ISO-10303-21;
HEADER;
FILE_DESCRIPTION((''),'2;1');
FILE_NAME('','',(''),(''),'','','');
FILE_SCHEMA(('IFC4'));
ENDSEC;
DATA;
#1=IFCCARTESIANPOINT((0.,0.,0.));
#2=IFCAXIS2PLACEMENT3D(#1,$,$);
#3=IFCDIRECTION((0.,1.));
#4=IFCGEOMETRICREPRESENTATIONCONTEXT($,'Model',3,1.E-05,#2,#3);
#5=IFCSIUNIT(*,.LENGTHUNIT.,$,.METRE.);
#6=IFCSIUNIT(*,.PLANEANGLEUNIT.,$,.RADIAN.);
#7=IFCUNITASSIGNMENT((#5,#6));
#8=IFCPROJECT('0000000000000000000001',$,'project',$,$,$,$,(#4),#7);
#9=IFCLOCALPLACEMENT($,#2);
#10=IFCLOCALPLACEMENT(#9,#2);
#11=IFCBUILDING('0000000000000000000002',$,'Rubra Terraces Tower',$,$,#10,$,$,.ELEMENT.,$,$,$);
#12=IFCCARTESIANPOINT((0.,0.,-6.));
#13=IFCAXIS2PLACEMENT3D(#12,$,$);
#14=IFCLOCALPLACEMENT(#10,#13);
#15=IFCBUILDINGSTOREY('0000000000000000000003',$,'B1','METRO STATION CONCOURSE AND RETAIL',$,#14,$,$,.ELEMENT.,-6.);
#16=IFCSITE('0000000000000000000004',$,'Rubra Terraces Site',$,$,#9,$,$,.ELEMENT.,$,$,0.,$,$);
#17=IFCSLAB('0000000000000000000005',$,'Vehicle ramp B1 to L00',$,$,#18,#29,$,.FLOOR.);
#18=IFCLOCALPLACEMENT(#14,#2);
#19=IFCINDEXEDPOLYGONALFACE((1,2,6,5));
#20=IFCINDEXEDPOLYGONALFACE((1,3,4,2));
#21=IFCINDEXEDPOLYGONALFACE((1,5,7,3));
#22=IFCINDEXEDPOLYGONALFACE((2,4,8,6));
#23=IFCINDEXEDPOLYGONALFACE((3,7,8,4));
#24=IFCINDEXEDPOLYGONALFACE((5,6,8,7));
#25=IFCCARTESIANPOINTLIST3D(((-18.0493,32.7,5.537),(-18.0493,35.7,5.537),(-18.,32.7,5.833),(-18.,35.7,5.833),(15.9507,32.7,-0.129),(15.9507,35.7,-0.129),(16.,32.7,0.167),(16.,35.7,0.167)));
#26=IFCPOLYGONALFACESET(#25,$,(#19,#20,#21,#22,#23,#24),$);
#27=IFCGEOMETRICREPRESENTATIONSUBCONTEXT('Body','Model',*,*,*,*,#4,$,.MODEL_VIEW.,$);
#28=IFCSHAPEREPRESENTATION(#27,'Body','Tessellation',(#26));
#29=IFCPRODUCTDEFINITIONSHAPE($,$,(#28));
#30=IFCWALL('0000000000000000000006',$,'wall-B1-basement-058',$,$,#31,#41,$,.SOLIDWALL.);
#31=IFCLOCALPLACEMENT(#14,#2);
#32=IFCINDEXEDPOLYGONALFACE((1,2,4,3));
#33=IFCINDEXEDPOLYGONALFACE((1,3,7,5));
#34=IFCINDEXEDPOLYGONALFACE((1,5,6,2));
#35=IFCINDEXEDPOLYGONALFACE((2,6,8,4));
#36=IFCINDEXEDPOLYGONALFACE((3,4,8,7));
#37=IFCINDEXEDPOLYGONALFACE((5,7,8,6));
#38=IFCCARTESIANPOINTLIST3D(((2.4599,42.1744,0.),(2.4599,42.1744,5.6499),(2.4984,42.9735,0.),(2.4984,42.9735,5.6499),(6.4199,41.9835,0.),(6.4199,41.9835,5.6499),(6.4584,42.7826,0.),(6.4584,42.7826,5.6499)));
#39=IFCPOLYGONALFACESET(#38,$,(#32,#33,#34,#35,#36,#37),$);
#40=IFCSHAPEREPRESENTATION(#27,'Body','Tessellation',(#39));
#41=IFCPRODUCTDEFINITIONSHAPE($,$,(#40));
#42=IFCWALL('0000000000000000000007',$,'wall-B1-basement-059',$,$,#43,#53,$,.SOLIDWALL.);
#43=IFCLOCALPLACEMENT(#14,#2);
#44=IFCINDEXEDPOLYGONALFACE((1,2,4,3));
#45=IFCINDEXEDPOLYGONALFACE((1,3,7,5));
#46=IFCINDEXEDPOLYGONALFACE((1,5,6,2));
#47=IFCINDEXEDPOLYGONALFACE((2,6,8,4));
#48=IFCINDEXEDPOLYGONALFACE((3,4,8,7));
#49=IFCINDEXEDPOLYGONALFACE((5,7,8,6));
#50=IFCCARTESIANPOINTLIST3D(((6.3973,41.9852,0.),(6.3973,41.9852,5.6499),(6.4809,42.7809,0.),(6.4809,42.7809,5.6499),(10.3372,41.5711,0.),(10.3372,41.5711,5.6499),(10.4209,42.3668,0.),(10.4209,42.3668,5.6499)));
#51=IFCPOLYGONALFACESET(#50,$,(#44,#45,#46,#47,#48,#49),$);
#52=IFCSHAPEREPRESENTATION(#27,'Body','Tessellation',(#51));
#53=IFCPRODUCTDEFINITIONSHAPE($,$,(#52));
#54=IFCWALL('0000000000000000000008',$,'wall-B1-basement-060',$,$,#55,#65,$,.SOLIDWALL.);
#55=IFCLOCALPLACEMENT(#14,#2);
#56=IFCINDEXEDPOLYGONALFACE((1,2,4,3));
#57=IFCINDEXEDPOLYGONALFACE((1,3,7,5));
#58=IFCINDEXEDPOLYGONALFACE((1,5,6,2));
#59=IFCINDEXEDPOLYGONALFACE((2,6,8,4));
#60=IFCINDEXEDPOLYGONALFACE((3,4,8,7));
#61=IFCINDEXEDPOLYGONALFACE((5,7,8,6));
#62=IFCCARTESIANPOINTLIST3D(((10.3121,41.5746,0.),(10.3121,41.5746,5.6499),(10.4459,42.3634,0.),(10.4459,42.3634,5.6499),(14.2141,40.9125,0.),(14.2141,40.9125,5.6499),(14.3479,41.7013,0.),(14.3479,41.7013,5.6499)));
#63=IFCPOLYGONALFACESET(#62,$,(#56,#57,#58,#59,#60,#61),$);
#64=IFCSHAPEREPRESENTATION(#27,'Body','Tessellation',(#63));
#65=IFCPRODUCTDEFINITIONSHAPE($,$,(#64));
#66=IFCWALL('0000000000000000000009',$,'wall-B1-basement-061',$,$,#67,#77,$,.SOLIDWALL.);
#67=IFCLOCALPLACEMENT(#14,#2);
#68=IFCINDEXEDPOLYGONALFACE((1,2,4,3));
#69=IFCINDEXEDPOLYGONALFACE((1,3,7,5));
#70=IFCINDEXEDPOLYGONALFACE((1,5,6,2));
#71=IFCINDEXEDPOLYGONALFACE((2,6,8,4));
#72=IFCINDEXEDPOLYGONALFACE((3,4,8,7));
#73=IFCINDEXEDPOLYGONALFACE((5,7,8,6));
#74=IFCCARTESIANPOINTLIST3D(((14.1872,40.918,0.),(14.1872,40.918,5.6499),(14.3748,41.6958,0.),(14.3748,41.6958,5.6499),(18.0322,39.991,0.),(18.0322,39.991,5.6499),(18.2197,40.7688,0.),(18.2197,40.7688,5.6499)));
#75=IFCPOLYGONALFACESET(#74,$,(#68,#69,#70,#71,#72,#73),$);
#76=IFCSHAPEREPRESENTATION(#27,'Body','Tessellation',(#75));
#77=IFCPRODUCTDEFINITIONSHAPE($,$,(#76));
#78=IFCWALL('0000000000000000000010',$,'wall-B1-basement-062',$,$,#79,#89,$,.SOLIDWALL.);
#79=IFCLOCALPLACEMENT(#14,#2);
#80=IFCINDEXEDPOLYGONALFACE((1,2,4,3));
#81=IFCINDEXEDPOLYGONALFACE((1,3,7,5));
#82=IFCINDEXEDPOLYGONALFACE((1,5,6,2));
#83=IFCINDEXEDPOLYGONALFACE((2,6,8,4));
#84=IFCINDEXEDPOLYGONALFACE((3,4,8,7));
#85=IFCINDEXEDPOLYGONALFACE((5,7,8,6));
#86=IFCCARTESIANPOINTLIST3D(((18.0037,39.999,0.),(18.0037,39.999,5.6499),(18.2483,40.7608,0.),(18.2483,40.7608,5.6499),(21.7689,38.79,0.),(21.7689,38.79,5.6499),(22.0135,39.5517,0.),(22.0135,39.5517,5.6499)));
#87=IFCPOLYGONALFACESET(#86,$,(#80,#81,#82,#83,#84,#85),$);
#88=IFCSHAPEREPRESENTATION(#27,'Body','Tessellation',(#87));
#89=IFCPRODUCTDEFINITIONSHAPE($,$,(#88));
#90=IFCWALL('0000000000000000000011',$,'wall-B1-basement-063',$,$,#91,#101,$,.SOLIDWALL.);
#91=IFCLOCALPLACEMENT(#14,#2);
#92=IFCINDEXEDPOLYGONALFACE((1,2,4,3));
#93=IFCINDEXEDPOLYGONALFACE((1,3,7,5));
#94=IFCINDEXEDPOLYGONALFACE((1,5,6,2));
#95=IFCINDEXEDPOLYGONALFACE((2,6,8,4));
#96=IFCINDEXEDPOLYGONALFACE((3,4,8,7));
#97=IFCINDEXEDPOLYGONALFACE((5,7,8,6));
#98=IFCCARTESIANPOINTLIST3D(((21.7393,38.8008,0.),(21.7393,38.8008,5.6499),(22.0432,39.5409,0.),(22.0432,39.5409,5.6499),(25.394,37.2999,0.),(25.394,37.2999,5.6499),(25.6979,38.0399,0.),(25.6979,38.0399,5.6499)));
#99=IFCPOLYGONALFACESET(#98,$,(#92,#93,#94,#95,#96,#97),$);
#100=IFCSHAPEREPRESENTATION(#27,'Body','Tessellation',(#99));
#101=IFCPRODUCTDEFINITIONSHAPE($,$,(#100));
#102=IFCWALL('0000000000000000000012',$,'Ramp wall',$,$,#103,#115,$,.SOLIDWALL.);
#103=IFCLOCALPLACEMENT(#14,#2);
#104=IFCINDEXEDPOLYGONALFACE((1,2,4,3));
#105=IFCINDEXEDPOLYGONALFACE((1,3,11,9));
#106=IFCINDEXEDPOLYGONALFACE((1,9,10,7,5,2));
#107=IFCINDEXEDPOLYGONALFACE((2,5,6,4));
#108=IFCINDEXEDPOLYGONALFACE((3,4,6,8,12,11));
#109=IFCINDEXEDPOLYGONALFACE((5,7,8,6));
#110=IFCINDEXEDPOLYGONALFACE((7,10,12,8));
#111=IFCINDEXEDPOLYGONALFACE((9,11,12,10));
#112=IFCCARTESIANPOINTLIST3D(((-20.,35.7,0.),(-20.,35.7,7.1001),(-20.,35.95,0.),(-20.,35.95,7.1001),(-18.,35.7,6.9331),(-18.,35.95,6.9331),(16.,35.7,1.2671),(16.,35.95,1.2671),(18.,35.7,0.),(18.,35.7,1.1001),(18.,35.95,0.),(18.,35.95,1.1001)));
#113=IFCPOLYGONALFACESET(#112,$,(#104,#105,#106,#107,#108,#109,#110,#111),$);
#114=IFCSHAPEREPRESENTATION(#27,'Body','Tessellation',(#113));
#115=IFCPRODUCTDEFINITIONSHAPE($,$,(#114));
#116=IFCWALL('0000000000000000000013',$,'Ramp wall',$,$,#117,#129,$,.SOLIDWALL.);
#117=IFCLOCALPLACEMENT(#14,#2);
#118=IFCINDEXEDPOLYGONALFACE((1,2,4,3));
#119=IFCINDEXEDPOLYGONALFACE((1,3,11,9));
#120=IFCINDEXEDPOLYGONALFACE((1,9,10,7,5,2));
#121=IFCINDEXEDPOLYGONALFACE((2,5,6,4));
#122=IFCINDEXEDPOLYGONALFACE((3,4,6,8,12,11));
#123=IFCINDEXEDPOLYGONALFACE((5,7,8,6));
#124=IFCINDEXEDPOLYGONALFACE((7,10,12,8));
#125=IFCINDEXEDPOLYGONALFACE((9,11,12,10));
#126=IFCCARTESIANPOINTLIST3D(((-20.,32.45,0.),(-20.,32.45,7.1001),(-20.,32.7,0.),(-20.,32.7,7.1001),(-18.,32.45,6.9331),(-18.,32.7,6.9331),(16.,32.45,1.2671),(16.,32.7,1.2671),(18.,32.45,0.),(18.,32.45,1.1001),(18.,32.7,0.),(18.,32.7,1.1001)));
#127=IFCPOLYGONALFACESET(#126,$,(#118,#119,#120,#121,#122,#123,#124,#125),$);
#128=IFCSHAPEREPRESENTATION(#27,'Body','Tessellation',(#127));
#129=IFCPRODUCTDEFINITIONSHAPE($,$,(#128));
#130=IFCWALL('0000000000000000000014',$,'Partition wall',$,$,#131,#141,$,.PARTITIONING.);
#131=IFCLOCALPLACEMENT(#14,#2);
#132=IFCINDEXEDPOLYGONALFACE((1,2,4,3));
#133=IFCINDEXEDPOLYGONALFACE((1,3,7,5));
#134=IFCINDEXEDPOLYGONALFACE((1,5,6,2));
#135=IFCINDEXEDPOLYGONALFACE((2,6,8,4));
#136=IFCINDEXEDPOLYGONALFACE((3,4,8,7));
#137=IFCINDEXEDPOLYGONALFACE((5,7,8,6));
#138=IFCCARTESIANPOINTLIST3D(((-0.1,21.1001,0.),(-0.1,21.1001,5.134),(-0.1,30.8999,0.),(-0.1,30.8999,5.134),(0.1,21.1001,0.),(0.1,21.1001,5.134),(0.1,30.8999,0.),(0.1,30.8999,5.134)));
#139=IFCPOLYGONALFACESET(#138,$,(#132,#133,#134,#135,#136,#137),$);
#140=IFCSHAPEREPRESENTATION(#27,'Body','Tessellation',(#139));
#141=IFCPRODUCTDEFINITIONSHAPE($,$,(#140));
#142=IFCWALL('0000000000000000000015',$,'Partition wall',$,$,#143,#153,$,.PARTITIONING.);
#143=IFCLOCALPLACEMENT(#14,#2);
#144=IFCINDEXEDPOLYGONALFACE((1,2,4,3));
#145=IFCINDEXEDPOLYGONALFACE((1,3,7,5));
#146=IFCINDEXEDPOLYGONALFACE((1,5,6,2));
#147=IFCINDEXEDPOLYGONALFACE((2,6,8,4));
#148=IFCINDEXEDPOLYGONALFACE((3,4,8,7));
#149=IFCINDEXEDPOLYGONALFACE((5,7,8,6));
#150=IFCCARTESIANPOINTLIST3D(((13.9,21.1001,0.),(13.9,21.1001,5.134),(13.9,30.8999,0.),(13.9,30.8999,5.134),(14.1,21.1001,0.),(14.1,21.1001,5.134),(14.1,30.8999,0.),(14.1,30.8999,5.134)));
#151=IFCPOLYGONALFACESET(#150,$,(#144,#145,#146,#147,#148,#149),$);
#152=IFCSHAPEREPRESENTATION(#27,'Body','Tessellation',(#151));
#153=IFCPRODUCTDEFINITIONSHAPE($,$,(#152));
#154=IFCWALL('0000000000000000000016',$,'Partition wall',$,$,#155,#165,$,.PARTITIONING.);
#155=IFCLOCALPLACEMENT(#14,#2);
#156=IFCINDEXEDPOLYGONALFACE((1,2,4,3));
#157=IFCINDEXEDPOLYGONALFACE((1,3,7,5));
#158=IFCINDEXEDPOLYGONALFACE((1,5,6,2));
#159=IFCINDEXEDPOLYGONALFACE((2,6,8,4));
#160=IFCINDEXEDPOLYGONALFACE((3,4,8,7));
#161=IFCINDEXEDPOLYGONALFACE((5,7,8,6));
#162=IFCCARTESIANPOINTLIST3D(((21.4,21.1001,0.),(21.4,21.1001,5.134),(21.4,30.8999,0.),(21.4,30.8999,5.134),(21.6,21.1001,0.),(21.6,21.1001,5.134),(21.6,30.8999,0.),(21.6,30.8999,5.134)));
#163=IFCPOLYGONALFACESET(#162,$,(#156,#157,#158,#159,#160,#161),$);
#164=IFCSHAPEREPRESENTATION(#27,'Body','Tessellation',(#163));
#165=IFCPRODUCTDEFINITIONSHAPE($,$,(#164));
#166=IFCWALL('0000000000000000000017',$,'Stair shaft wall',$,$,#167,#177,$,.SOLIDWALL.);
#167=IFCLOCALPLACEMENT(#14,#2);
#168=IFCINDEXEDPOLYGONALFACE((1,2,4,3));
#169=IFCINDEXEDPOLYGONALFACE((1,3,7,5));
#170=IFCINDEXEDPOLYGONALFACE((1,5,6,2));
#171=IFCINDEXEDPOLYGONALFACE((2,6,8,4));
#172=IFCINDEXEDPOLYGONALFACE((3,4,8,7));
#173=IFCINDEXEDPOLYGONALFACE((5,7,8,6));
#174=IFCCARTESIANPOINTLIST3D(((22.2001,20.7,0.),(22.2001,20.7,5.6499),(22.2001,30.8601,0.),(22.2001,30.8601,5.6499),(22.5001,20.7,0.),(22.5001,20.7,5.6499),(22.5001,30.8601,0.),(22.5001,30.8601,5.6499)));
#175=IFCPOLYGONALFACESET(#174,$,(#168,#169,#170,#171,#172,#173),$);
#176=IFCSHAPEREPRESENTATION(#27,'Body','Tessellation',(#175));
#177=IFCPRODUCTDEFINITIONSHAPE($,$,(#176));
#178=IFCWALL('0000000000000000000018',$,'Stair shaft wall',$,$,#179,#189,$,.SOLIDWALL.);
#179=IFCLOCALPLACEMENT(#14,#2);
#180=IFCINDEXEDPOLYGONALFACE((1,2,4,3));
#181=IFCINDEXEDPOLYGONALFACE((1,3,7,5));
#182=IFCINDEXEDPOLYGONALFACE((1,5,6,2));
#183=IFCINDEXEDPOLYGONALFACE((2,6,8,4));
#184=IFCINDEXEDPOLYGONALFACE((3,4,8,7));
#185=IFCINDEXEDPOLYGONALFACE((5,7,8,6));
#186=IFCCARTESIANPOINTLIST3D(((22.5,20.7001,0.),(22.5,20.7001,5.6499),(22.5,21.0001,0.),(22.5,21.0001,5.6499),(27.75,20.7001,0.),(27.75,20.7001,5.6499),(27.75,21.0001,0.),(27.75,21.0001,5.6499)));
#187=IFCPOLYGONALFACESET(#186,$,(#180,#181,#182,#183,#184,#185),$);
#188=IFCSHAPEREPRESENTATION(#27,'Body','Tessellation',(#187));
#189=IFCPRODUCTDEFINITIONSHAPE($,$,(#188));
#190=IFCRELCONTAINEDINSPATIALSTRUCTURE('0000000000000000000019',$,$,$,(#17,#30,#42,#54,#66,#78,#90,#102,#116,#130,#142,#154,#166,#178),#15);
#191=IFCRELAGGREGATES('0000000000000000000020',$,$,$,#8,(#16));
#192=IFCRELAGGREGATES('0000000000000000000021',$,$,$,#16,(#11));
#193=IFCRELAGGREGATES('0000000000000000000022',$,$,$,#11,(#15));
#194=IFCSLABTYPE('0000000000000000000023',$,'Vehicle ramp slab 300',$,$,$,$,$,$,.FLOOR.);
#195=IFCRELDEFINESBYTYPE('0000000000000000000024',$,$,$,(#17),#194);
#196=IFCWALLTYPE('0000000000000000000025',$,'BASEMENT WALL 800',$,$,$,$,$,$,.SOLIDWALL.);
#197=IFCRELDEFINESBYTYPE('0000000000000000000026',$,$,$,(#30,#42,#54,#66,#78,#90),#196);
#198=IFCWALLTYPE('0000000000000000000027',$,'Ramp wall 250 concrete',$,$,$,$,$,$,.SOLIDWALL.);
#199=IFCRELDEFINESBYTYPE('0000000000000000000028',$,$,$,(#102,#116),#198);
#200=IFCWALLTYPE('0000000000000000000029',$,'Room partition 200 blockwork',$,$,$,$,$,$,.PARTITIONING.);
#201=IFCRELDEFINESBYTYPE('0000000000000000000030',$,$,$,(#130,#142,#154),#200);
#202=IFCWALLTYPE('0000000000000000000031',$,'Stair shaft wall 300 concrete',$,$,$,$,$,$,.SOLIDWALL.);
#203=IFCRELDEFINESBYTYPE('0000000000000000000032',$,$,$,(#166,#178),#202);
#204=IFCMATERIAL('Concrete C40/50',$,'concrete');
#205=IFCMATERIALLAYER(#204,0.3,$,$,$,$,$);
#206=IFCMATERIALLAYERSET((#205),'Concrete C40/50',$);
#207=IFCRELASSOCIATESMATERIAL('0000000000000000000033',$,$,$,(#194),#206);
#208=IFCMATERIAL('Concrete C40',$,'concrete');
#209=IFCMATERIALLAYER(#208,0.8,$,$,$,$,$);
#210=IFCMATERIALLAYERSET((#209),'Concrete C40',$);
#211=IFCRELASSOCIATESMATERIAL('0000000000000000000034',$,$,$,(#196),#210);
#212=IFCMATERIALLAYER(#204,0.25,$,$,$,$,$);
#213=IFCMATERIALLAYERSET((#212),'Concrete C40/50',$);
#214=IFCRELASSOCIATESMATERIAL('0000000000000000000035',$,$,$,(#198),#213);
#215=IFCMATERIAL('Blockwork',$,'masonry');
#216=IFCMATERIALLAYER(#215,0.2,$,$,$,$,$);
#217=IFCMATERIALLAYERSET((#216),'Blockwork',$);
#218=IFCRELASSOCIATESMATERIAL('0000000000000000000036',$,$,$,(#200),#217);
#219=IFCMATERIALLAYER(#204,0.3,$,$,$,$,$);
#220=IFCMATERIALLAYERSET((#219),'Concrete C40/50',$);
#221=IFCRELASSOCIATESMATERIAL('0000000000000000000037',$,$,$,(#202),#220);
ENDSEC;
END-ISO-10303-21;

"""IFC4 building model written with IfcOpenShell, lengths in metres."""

from ifc_helpers import new_model, si_unit, direction, frame, frame_2d, origin, place, context, subcontext, project, spatial, polyline, rectangle, outline, extrude, material, layer, layer_set, type_object, element, save


model = new_model("IFC4")

# Units and contexts
model_context = context("Model", 3, precision=1e-05, world=origin(), true_north=direction((0.0, 1.0)))
body_context = subcontext(model_context, "Body", "Model", "MODEL_VIEW")
ifc_project = project(units=[si_unit("LENGTHUNIT", "METRE"), si_unit("PLANEANGLEUNIT", "RADIAN")], contexts=[model_context])

# Site, building, storey
site_placement = place(None, origin())
site = spatial("IfcSite", under=ifc_project, at=site_placement, Name="Rubra Terraces Site", CompositionType="ELEMENT", RefElevation=0.0)
building_placement = place(site_placement, origin())
building = spatial("IfcBuilding", under=site, at=building_placement, Name="Rubra Terraces Tower", CompositionType="ELEMENT")
storey_placement = place(building_placement, frame((0.0, 0.0, -6.0)))
storey = spatial("IfcBuildingStorey", under=building, at=storey_placement, Name="B1", Description="METRO STATION CONCOURSE AND RETAIL", CompositionType="ELEMENT", Elevation=-6.0)

# Slab
ifc_material_1 = material(Name="Concrete C40/50", Category="concrete")
ifc_layer_1 = layer(ifc_material_1, 0.3)
ifc_layer_set_1 = layer_set([ifc_layer_1], Name="Concrete C40/50")
slab_type = type_object("IfcSlabType", Name="Vehicle ramp slab 300", PredefinedType="FLOOR", material=ifc_layer_set_1)
slab_1_placement = place(storey_placement, frame((16.0, 35.7, 0.167), z_axis=(0.164381, 0.0, 0.986397), x_axis=(-0.986397, 0.0, 0.164381)))
element("IfcSlab", 1, at=slab_1_placement, inside=storey, type_object=slab_type, Name="Vehicle ramp B1 to L00", PredefinedType="FLOOR", context=body_context, shape_type="SweptSolid", body=[
    extrude(outline(polyline([(0.0, 0.0), (34.4689, 0.0), (34.4689, 3.0), (0.0, 3.0), (0.0, 0.0)])), origin(), (0.0, 0.0, -1.0), 0.3),
])

# Walls
ifc_material_2 = material(Name="Concrete C40", Category="concrete")
ifc_layer_2 = layer(ifc_material_2, 0.8)
ifc_layer_set_2 = layer_set([ifc_layer_2], Name="Concrete C40")
wall_type_1 = type_object("IfcWallType", Name="BASEMENT WALL 800", PredefinedType="SOLIDWALL", material=ifc_layer_set_2)
wall_1_placement = place(storey_placement, frame((2.479, 42.574, 0.0), z_axis=(0.0, 0.0, 1.0), x_axis=(0.99884, -0.048156, 0.0)))
element("IfcWall", 2, at=wall_1_placement, inside=storey, type_object=wall_type_1, Name="wall-B1-basement-058", PredefinedType="SOLIDWALL", context=body_context, shape_type="SweptSolid", body=[
    extrude(rectangle(XDim=3.9646, YDim=0.8, at=frame_2d((1.9824, 0.0))), origin(), (0.0, 0.0, 1.0), 5.6499),
])
wall_2_placement = place(storey_placement, frame((6.439, 42.3831, 0.0), z_axis=(0.0, 0.0, 1.0), x_axis=(0.994523, -0.104518, 0.0)))
element("IfcWall", 3, at=wall_2_placement, inside=storey, type_object=wall_type_1, Name="wall-B1-basement-059", PredefinedType="SOLIDWALL", context=body_context, shape_type="SweptSolid", body=[
    extrude(rectangle(XDim=3.9617, YDim=0.8, at=frame_2d((1.981, 0.0))), origin(), (0.0, 0.0, 1.0), 5.6499),
])
wall_3_placement = place(storey_placement, frame((10.3789, 41.969, 0.0), z_axis=(0.0, 0.0, 1.0), x_axis=(0.985908, -0.167289, 0.0)))
element("IfcWall", 4, at=wall_3_placement, inside=storey, type_object=wall_type_1, Name="wall-B1-basement-060", PredefinedType="SOLIDWALL", context=body_context, shape_type="SweptSolid", body=[
    extrude(rectangle(XDim=3.9578, YDim=0.8, at=frame_2d((1.979, 0.0))), origin(), (0.0, 0.0, 1.0), 5.6499),
])
wall_4_placement = place(storey_placement, frame((14.281, 41.3069, 0.0), z_axis=(0.0, 0.0, 1.0), x_axis=(0.972145, -0.234379, 0.0)))
element("IfcWall", 5, at=wall_4_placement, inside=storey, type_object=wall_type_1, Name="wall-B1-basement-061", PredefinedType="SOLIDWALL", context=body_context, shape_type="SweptSolid", body=[
    extrude(rectangle(XDim=3.9551, YDim=0.8, at=frame_2d((1.9775, 0.0))), origin(), (0.0, 0.0, 1.0), 5.6499),
])
wall_5_placement = place(storey_placement, frame((18.126, 40.3799, 0.0), z_axis=(0.0, 0.0, 1.0), x_axis=(0.95212, -0.305725, 0.0)))
element("IfcWall", 6, at=wall_5_placement, inside=storey, type_object=wall_type_1, Name="wall-B1-basement-062", PredefinedType="SOLIDWALL", context=body_context, shape_type="SweptSolid", body=[
    extrude(rectangle(XDim=3.9546, YDim=0.8, at=frame_2d((1.9773, 0.0))), origin(), (0.0, 0.0, 1.0), 5.6499),
])
wall_6_placement = place(storey_placement, frame((21.8911, 39.1709, 0.0), z_axis=(0.0, 0.0, 1.0), x_axis=(0.925028, -0.379898, 0.0)))
element("IfcWall", 7, at=wall_6_placement, inside=storey, type_object=wall_type_1, Name="wall-B1-basement-063", PredefinedType="SOLIDWALL", context=body_context, shape_type="SweptSolid", body=[
    extrude(rectangle(XDim=3.9509, YDim=0.8, at=frame_2d((1.9756, 0.0))), origin(), (0.0, 0.0, 1.0), 5.6499),
])
ifc_layer_3 = layer(ifc_material_1, 0.25)
ifc_layer_set_3 = layer_set([ifc_layer_3], Name="Concrete C40/50")
wall_type_2 = type_object("IfcWallType", Name="Ramp wall 250 concrete", PredefinedType="SOLIDWALL", material=ifc_layer_set_3)
for number, where, z_axis, x_axis, name in (
    (8, (18.0, 35.825, 0.0), (0.0, 0.0, 1.0), (-1.0, 0.0, 0.0), "Ramp wall"),
    (9, (18.0, 32.575, 0.0), (0.0, 0.0, 1.0), (-1.0, 0.0, 0.0), "Ramp wall"),
):
    element("IfcWall", number, at=place(storey_placement, frame(where, z_axis=z_axis, x_axis=x_axis)), inside=storey, type_object=wall_type_2, Name=name, PredefinedType="SOLIDWALL", context=body_context, shape_type="SweptSolid", body=[
        extrude(outline(polyline([(0.0, 0.0), (38.0, 0.0), (38.0, 7.1001), (36.0, 6.9331), (2.0, 1.2671), (0.0, 1.1001), (0.0, 0.0)])), frame((0.0, 0.125, 0.0), z_axis=(0.0, -1.0, 0.0), x_axis=(1.0, 0.0, 0.0)), (0.0, 0.0, 1.0), 0.25),
    ])
ifc_material_3 = material(Name="Blockwork", Category="masonry")
ifc_layer_4 = layer(ifc_material_3, 0.2)
ifc_layer_set_4 = layer_set([ifc_layer_4], Name="Blockwork")
wall_type_3 = type_object("IfcWallType", Name="Room partition 200 blockwork", PredefinedType="PARTITIONING", material=ifc_layer_set_4)
for number, where, z_axis, x_axis, name in (
    (10, (0.0, 30.8999, 0.0), (0.0, 0.0, 1.0), (0.0, -1.0, 0.0), "Partition wall"),
    (11, (14.0, 30.8999, 0.0), (0.0, 0.0, 1.0), (0.0, -1.0, 0.0), "Partition wall"),
    (12, (21.5, 30.8999, 0.0), (0.0, 0.0, 1.0), (0.0, -1.0, 0.0), "Partition wall"),
):
    element("IfcWall", number, at=place(storey_placement, frame(where, z_axis=z_axis, x_axis=x_axis)), inside=storey, type_object=wall_type_3, Name=name, PredefinedType="PARTITIONING", context=body_context, shape_type="SweptSolid", body=[
        extrude(rectangle(XDim=9.7998, YDim=0.2, at=frame_2d((4.8999, 0.0))), origin(), (0.0, 0.0, 1.0), 5.134),
    ])
ifc_layer_5 = layer(ifc_material_1, 0.3)
ifc_layer_set_5 = layer_set([ifc_layer_5], Name="Concrete C40/50")
wall_type_4 = type_object("IfcWallType", Name="Stair shaft wall 300 concrete", PredefinedType="SOLIDWALL", material=ifc_layer_set_5)
wall_7_placement = place(storey_placement, frame((22.3501, 30.8601, 0.0), z_axis=(0.0, 0.0, 1.0), x_axis=(0.0, -1.0, 0.0)))
element("IfcWall", 13, at=wall_7_placement, inside=storey, type_object=wall_type_4, Name="Stair shaft wall", PredefinedType="SOLIDWALL", context=body_context, shape_type="SweptSolid", body=[
    extrude(rectangle(XDim=10.1602, YDim=0.3, at=frame_2d((5.0801, 0.0))), origin(), (0.0, 0.0, 1.0), 5.6499),
])
wall_8_placement = place(storey_placement, frame((22.5, 20.8501, 0.0), z_axis=(0.0, 0.0, 1.0), x_axis=(1.0, 0.0, 0.0)))
element("IfcWall", 14, at=wall_8_placement, inside=storey, type_object=wall_type_4, Name="Stair shaft wall", PredefinedType="SOLIDWALL", context=body_context, shape_type="SweptSolid", body=[
    extrude(rectangle(XDim=5.25, YDim=0.3, at=frame_2d((2.625, 0.0))), origin(), (0.0, 0.0, 1.0), 5.6499),
])

save(model, "model.ifc")
